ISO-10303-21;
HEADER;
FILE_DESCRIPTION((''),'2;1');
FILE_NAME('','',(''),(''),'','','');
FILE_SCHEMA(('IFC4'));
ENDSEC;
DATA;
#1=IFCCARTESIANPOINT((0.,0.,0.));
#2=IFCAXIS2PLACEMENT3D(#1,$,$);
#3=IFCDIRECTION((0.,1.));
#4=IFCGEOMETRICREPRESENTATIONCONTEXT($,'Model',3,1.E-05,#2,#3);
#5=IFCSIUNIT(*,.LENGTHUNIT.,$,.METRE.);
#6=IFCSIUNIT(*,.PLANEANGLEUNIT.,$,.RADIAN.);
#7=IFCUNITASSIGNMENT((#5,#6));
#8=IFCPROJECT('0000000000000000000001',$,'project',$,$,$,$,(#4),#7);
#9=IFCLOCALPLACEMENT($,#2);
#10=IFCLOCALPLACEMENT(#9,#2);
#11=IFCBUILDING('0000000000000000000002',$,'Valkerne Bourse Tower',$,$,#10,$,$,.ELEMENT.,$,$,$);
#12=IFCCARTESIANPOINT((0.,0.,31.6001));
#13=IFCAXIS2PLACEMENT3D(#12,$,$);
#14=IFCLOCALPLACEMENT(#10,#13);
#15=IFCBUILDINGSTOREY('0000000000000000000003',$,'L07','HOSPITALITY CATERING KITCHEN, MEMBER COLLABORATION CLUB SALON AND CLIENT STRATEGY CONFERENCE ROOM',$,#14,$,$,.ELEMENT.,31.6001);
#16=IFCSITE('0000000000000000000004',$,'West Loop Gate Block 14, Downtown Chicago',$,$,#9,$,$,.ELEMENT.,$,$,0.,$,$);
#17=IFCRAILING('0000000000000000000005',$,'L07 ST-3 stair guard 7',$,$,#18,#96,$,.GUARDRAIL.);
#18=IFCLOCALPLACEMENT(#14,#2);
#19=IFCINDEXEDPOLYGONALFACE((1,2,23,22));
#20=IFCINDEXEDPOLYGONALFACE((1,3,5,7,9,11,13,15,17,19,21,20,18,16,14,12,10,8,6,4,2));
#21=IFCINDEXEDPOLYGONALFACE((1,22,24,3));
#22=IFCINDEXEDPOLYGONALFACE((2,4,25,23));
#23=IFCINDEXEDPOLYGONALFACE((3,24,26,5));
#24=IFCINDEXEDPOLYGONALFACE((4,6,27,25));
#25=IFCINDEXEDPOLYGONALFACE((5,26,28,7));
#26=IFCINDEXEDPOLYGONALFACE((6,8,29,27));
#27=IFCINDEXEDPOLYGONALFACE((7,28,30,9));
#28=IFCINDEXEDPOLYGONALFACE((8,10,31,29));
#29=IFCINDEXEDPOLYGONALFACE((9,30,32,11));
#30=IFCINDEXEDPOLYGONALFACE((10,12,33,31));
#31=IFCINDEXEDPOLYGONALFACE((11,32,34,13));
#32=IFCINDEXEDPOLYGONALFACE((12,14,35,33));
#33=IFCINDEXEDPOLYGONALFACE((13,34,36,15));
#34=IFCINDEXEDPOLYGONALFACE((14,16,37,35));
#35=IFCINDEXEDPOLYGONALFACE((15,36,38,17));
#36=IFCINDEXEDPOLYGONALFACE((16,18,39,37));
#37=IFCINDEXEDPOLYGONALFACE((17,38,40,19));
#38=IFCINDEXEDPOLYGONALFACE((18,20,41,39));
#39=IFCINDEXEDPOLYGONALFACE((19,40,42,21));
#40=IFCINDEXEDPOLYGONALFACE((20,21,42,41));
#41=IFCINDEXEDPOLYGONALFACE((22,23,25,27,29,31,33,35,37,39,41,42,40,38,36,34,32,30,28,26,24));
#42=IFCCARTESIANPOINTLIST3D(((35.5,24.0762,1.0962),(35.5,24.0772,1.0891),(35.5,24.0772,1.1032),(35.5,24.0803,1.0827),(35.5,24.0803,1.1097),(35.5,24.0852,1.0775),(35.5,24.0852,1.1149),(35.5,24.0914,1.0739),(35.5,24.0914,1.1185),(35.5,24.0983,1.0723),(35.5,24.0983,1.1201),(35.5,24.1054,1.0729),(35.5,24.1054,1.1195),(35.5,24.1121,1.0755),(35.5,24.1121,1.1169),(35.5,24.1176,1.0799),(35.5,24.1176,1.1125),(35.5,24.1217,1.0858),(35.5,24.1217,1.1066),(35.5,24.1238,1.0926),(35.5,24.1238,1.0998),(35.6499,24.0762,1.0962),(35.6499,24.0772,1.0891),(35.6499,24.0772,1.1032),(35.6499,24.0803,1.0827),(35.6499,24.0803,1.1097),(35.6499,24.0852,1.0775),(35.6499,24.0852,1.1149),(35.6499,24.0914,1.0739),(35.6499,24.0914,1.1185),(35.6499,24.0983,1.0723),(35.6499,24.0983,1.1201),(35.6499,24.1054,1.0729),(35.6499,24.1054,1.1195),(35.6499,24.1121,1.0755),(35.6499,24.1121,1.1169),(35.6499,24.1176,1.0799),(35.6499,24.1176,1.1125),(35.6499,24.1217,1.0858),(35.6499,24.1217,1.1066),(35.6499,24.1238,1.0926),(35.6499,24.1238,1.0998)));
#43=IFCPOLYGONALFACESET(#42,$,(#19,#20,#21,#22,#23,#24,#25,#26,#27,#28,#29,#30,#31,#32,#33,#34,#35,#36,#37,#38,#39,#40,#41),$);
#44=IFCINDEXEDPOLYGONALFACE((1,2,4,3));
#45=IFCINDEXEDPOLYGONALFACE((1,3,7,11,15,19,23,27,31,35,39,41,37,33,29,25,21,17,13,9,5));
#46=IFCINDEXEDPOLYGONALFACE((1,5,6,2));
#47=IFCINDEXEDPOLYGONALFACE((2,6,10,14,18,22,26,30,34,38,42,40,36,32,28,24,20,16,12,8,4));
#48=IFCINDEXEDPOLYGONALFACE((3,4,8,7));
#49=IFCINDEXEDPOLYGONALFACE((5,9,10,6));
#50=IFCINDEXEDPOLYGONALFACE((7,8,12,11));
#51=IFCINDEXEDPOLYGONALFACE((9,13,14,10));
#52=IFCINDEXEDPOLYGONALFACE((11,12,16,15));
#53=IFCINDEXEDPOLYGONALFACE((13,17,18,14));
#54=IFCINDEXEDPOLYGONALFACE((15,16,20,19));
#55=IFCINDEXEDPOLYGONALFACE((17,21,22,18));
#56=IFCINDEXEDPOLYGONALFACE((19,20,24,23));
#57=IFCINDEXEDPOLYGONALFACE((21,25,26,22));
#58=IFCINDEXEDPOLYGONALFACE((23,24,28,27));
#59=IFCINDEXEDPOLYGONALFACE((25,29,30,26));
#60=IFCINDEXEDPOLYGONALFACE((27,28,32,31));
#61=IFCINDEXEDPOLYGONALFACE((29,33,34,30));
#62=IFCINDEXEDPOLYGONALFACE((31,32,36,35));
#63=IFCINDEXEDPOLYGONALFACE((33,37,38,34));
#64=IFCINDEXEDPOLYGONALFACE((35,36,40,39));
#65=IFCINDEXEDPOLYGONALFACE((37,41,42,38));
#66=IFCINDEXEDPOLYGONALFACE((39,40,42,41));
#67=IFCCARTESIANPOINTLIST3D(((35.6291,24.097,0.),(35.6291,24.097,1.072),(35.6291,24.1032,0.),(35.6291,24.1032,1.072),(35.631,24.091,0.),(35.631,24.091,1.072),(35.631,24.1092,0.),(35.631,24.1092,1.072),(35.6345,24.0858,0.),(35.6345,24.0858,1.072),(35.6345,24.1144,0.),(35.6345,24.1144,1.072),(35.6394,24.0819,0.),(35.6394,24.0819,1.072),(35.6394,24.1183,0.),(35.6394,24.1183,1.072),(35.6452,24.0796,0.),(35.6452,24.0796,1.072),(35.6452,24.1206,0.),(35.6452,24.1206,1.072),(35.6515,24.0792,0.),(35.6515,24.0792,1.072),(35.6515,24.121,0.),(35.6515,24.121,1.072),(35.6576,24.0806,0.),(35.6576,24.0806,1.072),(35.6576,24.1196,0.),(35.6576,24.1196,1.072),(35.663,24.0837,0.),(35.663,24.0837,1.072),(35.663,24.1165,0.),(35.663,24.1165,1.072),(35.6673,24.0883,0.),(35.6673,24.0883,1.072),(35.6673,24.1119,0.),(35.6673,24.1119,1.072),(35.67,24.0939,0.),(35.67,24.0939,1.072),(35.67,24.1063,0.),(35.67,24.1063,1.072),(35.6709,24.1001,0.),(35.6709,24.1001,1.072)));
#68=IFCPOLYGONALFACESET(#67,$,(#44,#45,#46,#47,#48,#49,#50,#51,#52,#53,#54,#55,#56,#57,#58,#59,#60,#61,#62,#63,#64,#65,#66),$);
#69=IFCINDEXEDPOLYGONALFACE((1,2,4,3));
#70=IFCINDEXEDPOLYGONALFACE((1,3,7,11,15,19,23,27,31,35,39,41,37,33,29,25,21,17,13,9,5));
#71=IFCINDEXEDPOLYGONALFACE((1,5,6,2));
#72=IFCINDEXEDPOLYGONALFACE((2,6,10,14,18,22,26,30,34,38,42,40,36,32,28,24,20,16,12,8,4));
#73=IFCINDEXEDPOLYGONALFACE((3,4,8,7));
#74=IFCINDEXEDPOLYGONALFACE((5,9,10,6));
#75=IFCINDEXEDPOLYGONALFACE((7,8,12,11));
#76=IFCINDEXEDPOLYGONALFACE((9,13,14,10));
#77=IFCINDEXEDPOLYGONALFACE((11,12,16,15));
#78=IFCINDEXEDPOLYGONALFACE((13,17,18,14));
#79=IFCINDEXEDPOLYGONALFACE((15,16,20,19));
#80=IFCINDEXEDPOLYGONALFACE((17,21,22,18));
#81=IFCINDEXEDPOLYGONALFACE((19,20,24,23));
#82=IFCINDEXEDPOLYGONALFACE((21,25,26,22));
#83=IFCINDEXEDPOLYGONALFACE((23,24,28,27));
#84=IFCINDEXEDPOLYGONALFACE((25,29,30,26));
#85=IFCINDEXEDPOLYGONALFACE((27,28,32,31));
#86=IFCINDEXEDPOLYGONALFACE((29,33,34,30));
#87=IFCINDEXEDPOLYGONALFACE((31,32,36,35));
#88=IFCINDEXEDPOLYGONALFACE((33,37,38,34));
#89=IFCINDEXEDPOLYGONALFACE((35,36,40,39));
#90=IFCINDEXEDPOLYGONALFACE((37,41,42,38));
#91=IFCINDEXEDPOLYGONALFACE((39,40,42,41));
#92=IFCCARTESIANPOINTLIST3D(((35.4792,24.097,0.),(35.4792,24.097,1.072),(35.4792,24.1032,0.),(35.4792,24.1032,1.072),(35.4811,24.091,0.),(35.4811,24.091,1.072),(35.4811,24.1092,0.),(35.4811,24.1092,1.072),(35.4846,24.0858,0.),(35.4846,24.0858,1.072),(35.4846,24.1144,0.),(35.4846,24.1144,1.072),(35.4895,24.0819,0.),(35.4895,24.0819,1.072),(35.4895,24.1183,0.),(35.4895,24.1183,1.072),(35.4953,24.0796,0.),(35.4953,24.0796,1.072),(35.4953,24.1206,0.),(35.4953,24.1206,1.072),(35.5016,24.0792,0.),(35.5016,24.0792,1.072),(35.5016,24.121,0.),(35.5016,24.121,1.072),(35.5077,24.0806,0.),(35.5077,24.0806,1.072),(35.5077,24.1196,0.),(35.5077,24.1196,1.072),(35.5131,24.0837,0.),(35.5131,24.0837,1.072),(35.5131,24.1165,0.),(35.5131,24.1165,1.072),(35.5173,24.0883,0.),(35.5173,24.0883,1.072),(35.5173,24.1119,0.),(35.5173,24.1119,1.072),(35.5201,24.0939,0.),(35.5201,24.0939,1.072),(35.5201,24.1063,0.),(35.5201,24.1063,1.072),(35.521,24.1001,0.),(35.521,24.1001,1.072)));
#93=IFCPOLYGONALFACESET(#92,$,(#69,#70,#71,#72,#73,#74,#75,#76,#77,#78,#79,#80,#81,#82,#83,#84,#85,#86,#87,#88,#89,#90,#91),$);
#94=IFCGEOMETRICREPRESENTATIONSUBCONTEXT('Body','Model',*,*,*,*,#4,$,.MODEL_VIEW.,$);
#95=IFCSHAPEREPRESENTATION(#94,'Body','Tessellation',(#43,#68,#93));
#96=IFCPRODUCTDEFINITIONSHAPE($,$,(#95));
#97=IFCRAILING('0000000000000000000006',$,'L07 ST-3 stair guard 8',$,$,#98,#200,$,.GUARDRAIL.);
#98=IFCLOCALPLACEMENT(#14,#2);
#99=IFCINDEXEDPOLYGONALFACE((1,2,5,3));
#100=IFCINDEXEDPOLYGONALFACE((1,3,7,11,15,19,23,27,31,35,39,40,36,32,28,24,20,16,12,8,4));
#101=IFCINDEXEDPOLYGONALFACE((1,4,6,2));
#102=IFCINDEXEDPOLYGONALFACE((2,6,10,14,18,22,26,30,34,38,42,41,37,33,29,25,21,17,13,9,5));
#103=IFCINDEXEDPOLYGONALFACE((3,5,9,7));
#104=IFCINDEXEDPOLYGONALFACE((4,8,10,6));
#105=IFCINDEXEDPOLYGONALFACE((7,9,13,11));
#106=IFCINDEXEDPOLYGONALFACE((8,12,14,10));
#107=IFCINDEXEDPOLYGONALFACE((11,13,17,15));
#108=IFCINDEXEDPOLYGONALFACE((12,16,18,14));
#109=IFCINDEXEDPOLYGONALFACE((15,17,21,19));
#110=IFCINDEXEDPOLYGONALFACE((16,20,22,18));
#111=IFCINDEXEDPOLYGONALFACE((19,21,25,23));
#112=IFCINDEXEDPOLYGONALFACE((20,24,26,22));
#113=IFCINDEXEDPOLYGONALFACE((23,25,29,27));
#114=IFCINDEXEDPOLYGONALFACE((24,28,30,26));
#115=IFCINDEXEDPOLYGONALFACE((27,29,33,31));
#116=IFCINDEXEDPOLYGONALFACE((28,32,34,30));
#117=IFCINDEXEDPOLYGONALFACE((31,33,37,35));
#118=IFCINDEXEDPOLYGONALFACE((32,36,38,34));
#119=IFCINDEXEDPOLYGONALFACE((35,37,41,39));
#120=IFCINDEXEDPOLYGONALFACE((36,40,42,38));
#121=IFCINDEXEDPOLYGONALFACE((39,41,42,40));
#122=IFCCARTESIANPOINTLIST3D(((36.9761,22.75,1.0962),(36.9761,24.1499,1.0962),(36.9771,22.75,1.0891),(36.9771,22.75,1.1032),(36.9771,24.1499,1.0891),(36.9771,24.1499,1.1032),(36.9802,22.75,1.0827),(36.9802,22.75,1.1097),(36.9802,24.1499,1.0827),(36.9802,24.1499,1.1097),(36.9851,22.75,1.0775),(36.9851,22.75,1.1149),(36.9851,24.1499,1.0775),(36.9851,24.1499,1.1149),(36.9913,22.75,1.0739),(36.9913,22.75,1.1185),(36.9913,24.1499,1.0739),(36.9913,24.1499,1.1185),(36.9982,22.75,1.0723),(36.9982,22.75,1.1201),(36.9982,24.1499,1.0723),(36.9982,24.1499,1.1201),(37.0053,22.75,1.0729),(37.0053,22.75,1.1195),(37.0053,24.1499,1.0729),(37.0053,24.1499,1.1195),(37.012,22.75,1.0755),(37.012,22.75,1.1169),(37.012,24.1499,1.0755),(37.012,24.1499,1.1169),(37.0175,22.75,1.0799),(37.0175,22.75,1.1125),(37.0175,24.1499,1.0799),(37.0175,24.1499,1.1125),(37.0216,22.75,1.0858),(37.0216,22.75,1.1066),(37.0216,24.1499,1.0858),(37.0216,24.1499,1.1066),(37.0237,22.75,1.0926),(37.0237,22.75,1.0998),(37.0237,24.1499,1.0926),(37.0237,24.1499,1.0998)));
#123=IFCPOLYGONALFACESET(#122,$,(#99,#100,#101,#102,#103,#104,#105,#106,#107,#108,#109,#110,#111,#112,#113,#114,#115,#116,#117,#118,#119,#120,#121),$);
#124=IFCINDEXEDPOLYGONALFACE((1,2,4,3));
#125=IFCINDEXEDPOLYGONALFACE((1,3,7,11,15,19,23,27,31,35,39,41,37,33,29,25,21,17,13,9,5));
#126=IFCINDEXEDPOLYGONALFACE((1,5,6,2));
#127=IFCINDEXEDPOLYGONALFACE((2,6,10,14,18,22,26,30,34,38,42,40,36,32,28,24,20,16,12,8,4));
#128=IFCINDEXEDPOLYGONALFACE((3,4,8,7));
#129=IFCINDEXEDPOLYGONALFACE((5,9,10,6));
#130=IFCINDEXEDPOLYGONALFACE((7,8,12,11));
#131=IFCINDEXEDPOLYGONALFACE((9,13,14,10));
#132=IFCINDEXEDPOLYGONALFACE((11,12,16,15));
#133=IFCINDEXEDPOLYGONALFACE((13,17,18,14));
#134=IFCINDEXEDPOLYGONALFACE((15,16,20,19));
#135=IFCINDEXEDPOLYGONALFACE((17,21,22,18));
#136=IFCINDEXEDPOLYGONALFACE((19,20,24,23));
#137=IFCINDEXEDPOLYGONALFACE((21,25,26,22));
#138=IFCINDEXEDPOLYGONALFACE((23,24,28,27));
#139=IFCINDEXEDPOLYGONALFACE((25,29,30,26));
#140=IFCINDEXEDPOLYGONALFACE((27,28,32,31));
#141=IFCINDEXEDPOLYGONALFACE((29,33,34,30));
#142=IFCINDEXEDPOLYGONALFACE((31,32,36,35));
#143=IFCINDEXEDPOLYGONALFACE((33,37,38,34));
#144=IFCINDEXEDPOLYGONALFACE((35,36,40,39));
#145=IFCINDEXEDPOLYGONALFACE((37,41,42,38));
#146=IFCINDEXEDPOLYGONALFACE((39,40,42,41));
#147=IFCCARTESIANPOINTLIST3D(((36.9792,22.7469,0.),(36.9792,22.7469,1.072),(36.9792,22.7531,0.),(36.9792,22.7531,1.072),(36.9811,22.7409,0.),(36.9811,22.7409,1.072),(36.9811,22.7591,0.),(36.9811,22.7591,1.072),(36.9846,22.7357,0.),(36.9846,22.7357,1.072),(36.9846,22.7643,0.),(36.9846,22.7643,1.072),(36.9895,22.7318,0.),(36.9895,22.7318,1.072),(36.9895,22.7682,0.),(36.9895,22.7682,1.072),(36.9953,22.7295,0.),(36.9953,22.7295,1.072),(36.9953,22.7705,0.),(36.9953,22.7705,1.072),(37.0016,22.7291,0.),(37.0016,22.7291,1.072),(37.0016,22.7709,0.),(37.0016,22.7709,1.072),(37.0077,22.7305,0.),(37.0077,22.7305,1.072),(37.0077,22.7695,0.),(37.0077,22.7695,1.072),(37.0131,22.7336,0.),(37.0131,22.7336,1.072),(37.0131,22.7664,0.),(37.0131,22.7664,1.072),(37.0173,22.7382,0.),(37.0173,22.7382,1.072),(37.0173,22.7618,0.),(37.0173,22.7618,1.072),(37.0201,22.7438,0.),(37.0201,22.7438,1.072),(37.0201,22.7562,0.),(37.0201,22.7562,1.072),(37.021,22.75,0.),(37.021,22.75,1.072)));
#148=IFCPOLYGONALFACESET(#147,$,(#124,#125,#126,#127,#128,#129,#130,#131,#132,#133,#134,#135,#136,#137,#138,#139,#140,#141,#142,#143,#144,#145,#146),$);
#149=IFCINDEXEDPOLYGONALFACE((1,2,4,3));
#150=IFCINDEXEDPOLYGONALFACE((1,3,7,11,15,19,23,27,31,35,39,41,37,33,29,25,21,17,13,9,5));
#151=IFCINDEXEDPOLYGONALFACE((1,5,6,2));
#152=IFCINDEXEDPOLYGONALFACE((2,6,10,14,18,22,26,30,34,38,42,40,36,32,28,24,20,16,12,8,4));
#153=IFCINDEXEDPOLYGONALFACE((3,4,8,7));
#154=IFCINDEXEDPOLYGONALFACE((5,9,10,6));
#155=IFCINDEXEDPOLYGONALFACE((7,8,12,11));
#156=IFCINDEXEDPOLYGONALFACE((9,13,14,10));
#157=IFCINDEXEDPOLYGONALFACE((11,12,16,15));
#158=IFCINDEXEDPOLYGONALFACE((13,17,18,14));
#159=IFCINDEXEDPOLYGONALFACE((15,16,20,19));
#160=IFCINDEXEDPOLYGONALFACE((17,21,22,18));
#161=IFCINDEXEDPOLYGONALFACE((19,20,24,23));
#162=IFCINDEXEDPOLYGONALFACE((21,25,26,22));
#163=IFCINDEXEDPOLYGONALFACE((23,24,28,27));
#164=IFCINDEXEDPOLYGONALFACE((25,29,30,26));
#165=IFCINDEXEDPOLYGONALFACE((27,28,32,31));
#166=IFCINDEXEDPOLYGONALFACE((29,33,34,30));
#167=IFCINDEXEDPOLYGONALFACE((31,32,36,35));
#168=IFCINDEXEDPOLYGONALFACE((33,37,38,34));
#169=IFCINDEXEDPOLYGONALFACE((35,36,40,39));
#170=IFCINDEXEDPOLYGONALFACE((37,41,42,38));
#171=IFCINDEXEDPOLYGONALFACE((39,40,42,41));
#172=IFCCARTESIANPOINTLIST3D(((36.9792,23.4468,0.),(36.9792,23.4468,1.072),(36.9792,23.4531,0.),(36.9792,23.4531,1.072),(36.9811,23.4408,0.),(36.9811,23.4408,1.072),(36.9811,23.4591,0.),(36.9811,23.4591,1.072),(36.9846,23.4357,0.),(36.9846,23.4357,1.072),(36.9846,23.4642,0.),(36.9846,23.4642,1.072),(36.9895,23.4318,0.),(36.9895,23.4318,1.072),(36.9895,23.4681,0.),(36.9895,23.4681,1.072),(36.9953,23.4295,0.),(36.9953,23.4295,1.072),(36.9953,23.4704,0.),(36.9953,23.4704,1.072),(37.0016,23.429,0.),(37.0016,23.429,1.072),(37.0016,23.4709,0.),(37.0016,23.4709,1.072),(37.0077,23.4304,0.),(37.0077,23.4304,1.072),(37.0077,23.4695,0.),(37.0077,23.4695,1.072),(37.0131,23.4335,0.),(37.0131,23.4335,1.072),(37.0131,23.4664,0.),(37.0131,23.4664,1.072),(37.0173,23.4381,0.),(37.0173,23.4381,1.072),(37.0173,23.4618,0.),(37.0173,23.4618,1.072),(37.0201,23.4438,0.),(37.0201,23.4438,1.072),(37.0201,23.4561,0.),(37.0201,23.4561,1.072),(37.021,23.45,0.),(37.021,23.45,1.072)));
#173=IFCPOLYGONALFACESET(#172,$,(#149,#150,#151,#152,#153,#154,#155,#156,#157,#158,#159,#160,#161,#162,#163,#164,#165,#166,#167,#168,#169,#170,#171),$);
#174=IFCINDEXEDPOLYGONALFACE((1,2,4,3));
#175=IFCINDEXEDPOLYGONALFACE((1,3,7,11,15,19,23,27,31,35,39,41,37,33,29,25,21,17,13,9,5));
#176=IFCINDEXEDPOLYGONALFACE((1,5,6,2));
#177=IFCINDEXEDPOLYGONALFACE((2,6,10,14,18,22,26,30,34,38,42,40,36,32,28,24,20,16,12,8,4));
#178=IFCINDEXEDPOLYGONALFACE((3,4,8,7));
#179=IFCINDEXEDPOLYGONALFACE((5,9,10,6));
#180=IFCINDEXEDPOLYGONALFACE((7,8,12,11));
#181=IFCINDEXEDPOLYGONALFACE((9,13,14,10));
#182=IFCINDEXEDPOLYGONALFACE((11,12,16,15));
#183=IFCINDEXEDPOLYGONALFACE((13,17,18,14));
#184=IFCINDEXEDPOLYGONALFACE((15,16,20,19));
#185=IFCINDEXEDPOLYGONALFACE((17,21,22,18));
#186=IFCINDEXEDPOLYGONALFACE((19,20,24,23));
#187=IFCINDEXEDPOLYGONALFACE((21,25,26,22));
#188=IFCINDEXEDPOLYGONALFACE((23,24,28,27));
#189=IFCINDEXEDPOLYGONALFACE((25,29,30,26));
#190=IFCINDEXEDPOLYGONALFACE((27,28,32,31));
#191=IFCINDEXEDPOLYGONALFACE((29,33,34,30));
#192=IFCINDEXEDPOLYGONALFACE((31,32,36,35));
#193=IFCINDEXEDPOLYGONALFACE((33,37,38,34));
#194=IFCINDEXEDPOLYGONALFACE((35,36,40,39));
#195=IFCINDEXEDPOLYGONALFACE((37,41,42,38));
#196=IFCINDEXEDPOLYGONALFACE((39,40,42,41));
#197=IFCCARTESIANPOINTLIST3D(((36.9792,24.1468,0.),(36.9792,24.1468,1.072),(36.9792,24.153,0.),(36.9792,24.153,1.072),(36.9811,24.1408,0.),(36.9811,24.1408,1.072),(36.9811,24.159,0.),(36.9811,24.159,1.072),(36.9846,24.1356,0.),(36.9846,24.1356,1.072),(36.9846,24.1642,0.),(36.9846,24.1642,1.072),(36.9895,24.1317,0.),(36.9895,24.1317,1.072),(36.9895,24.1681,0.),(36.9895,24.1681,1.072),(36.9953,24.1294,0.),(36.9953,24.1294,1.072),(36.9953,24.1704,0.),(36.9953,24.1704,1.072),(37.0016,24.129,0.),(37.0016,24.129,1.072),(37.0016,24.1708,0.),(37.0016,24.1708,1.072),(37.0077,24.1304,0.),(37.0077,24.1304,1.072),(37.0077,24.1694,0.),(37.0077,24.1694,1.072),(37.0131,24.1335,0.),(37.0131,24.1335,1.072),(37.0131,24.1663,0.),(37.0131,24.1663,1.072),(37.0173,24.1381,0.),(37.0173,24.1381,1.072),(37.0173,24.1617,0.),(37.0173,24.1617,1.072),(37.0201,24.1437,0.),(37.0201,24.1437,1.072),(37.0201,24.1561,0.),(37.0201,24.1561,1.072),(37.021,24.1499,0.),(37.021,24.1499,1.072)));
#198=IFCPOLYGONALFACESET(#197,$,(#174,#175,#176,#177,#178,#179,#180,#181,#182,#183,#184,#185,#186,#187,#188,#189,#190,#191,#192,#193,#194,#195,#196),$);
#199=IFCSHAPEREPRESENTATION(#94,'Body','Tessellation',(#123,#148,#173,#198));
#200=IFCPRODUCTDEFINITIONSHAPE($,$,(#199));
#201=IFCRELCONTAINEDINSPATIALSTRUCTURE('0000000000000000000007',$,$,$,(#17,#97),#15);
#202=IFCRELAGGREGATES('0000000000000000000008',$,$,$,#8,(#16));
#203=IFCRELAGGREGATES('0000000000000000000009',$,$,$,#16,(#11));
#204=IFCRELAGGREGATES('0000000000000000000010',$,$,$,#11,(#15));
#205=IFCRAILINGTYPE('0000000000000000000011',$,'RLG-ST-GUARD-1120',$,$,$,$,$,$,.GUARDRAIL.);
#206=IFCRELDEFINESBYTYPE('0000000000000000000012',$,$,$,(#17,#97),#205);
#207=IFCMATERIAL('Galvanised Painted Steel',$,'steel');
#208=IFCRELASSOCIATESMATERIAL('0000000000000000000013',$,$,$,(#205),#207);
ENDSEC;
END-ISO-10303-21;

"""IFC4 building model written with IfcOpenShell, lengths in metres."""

from ifc_helpers import new_model, si_unit, direction, frame, origin, origin_2d, place, context, subcontext, project, spatial, circle, extrude, material, type_object, element, save


model = new_model("IFC4")

# Units and contexts
model_context = context("Model", 3, precision=1e-05, world=origin(), true_north=direction((0.0, 1.0)))
body_context = subcontext(model_context, "Body", "Model", "MODEL_VIEW")
ifc_project = project(units=[si_unit("LENGTHUNIT", "METRE"), si_unit("PLANEANGLEUNIT", "RADIAN")], contexts=[model_context])

# Site, building, storey
site_placement = place(None, origin())
site = spatial("IfcSite", under=ifc_project, at=site_placement, Name="West Loop Gate Block 14, Downtown Chicago", CompositionType="ELEMENT", RefElevation=0.0)
building_placement = place(site_placement, origin())
building = spatial("IfcBuilding", under=site, at=building_placement, Name="Valkerne Bourse Tower", CompositionType="ELEMENT")
storey_placement = place(building_placement, frame((0.0, 0.0, 31.6001)))
storey = spatial("IfcBuildingStorey", under=building, at=storey_placement, Name="L07", Description="HOSPITALITY CATERING KITCHEN, MEMBER COLLABORATION CLUB SALON AND CLIENT STRATEGY CONFERENCE ROOM", CompositionType="ELEMENT", Elevation=31.6001)

# Shared definitions
ifc_material_1 = material(Name="Galvanised Painted Steel", Category="steel")

# Railings
railing_type_1 = type_object("IfcRailingType", Name="RLG-ST-GUARD-1120", PredefinedType="GUARDRAIL", material=ifc_material_1)
railing_1_placement = place(storey_placement, frame((35.6499, 24.1001, 0.0)))
element("IfcRailing", 1, at=railing_1_placement, inside=storey, type_object=railing_type_1, Name="L07 ST-3 stair guard 7", PredefinedType="GUARDRAIL", context=body_context, shape_type="SweptSolid", body=[
    extrude(circle(Radius=0.0239, at=origin_2d()), frame((0.0, 0.0, 1.0962), z_axis=(-1.0, 0.0, 0.0), x_axis=(0.0, -1.0, 0.0)), (0.0, 0.0, 1.0), 0.1499),
    extrude(circle(Radius=0.021, at=origin_2d()), origin(), (0.0, 0.0, 1.0), 1.072),
    extrude(circle(Radius=0.021, at=origin_2d()), frame((-0.1499, 0.0, 0.0)), (0.0, 0.0, 1.0), 1.072),
])
for number, where, name in (
    (2, (37.0, 22.75, 0.0), "L07 ST-3 stair guard 8"),
):
    element("IfcRailing", number, at=place(storey_placement, frame(where)), inside=storey, type_object=railing_type_1, Name=name, PredefinedType="GUARDRAIL", context=body_context, shape_type="SweptSolid", body=[
        extrude(circle(Radius=0.0239, at=origin_2d()), frame((0.0, 0.0, 1.0962), z_axis=(0.0, 1.0, 0.0), x_axis=(-1.0, 0.0, 0.0)), (0.0, 0.0, 1.0), 1.3999),
        extrude(circle(Radius=0.021, at=origin_2d()), origin(), (0.0, 0.0, 1.0), 1.072),
        extrude(circle(Radius=0.021, at=origin_2d()), frame((0.0, 0.7, 0.0)), (0.0, 0.0, 1.0), 1.072),
        extrude(circle(Radius=0.021, at=origin_2d()), frame((0.0, 1.3999, 0.0)), (0.0, 0.0, 1.0), 1.072),
    ])

save(model, "model.ifc")
